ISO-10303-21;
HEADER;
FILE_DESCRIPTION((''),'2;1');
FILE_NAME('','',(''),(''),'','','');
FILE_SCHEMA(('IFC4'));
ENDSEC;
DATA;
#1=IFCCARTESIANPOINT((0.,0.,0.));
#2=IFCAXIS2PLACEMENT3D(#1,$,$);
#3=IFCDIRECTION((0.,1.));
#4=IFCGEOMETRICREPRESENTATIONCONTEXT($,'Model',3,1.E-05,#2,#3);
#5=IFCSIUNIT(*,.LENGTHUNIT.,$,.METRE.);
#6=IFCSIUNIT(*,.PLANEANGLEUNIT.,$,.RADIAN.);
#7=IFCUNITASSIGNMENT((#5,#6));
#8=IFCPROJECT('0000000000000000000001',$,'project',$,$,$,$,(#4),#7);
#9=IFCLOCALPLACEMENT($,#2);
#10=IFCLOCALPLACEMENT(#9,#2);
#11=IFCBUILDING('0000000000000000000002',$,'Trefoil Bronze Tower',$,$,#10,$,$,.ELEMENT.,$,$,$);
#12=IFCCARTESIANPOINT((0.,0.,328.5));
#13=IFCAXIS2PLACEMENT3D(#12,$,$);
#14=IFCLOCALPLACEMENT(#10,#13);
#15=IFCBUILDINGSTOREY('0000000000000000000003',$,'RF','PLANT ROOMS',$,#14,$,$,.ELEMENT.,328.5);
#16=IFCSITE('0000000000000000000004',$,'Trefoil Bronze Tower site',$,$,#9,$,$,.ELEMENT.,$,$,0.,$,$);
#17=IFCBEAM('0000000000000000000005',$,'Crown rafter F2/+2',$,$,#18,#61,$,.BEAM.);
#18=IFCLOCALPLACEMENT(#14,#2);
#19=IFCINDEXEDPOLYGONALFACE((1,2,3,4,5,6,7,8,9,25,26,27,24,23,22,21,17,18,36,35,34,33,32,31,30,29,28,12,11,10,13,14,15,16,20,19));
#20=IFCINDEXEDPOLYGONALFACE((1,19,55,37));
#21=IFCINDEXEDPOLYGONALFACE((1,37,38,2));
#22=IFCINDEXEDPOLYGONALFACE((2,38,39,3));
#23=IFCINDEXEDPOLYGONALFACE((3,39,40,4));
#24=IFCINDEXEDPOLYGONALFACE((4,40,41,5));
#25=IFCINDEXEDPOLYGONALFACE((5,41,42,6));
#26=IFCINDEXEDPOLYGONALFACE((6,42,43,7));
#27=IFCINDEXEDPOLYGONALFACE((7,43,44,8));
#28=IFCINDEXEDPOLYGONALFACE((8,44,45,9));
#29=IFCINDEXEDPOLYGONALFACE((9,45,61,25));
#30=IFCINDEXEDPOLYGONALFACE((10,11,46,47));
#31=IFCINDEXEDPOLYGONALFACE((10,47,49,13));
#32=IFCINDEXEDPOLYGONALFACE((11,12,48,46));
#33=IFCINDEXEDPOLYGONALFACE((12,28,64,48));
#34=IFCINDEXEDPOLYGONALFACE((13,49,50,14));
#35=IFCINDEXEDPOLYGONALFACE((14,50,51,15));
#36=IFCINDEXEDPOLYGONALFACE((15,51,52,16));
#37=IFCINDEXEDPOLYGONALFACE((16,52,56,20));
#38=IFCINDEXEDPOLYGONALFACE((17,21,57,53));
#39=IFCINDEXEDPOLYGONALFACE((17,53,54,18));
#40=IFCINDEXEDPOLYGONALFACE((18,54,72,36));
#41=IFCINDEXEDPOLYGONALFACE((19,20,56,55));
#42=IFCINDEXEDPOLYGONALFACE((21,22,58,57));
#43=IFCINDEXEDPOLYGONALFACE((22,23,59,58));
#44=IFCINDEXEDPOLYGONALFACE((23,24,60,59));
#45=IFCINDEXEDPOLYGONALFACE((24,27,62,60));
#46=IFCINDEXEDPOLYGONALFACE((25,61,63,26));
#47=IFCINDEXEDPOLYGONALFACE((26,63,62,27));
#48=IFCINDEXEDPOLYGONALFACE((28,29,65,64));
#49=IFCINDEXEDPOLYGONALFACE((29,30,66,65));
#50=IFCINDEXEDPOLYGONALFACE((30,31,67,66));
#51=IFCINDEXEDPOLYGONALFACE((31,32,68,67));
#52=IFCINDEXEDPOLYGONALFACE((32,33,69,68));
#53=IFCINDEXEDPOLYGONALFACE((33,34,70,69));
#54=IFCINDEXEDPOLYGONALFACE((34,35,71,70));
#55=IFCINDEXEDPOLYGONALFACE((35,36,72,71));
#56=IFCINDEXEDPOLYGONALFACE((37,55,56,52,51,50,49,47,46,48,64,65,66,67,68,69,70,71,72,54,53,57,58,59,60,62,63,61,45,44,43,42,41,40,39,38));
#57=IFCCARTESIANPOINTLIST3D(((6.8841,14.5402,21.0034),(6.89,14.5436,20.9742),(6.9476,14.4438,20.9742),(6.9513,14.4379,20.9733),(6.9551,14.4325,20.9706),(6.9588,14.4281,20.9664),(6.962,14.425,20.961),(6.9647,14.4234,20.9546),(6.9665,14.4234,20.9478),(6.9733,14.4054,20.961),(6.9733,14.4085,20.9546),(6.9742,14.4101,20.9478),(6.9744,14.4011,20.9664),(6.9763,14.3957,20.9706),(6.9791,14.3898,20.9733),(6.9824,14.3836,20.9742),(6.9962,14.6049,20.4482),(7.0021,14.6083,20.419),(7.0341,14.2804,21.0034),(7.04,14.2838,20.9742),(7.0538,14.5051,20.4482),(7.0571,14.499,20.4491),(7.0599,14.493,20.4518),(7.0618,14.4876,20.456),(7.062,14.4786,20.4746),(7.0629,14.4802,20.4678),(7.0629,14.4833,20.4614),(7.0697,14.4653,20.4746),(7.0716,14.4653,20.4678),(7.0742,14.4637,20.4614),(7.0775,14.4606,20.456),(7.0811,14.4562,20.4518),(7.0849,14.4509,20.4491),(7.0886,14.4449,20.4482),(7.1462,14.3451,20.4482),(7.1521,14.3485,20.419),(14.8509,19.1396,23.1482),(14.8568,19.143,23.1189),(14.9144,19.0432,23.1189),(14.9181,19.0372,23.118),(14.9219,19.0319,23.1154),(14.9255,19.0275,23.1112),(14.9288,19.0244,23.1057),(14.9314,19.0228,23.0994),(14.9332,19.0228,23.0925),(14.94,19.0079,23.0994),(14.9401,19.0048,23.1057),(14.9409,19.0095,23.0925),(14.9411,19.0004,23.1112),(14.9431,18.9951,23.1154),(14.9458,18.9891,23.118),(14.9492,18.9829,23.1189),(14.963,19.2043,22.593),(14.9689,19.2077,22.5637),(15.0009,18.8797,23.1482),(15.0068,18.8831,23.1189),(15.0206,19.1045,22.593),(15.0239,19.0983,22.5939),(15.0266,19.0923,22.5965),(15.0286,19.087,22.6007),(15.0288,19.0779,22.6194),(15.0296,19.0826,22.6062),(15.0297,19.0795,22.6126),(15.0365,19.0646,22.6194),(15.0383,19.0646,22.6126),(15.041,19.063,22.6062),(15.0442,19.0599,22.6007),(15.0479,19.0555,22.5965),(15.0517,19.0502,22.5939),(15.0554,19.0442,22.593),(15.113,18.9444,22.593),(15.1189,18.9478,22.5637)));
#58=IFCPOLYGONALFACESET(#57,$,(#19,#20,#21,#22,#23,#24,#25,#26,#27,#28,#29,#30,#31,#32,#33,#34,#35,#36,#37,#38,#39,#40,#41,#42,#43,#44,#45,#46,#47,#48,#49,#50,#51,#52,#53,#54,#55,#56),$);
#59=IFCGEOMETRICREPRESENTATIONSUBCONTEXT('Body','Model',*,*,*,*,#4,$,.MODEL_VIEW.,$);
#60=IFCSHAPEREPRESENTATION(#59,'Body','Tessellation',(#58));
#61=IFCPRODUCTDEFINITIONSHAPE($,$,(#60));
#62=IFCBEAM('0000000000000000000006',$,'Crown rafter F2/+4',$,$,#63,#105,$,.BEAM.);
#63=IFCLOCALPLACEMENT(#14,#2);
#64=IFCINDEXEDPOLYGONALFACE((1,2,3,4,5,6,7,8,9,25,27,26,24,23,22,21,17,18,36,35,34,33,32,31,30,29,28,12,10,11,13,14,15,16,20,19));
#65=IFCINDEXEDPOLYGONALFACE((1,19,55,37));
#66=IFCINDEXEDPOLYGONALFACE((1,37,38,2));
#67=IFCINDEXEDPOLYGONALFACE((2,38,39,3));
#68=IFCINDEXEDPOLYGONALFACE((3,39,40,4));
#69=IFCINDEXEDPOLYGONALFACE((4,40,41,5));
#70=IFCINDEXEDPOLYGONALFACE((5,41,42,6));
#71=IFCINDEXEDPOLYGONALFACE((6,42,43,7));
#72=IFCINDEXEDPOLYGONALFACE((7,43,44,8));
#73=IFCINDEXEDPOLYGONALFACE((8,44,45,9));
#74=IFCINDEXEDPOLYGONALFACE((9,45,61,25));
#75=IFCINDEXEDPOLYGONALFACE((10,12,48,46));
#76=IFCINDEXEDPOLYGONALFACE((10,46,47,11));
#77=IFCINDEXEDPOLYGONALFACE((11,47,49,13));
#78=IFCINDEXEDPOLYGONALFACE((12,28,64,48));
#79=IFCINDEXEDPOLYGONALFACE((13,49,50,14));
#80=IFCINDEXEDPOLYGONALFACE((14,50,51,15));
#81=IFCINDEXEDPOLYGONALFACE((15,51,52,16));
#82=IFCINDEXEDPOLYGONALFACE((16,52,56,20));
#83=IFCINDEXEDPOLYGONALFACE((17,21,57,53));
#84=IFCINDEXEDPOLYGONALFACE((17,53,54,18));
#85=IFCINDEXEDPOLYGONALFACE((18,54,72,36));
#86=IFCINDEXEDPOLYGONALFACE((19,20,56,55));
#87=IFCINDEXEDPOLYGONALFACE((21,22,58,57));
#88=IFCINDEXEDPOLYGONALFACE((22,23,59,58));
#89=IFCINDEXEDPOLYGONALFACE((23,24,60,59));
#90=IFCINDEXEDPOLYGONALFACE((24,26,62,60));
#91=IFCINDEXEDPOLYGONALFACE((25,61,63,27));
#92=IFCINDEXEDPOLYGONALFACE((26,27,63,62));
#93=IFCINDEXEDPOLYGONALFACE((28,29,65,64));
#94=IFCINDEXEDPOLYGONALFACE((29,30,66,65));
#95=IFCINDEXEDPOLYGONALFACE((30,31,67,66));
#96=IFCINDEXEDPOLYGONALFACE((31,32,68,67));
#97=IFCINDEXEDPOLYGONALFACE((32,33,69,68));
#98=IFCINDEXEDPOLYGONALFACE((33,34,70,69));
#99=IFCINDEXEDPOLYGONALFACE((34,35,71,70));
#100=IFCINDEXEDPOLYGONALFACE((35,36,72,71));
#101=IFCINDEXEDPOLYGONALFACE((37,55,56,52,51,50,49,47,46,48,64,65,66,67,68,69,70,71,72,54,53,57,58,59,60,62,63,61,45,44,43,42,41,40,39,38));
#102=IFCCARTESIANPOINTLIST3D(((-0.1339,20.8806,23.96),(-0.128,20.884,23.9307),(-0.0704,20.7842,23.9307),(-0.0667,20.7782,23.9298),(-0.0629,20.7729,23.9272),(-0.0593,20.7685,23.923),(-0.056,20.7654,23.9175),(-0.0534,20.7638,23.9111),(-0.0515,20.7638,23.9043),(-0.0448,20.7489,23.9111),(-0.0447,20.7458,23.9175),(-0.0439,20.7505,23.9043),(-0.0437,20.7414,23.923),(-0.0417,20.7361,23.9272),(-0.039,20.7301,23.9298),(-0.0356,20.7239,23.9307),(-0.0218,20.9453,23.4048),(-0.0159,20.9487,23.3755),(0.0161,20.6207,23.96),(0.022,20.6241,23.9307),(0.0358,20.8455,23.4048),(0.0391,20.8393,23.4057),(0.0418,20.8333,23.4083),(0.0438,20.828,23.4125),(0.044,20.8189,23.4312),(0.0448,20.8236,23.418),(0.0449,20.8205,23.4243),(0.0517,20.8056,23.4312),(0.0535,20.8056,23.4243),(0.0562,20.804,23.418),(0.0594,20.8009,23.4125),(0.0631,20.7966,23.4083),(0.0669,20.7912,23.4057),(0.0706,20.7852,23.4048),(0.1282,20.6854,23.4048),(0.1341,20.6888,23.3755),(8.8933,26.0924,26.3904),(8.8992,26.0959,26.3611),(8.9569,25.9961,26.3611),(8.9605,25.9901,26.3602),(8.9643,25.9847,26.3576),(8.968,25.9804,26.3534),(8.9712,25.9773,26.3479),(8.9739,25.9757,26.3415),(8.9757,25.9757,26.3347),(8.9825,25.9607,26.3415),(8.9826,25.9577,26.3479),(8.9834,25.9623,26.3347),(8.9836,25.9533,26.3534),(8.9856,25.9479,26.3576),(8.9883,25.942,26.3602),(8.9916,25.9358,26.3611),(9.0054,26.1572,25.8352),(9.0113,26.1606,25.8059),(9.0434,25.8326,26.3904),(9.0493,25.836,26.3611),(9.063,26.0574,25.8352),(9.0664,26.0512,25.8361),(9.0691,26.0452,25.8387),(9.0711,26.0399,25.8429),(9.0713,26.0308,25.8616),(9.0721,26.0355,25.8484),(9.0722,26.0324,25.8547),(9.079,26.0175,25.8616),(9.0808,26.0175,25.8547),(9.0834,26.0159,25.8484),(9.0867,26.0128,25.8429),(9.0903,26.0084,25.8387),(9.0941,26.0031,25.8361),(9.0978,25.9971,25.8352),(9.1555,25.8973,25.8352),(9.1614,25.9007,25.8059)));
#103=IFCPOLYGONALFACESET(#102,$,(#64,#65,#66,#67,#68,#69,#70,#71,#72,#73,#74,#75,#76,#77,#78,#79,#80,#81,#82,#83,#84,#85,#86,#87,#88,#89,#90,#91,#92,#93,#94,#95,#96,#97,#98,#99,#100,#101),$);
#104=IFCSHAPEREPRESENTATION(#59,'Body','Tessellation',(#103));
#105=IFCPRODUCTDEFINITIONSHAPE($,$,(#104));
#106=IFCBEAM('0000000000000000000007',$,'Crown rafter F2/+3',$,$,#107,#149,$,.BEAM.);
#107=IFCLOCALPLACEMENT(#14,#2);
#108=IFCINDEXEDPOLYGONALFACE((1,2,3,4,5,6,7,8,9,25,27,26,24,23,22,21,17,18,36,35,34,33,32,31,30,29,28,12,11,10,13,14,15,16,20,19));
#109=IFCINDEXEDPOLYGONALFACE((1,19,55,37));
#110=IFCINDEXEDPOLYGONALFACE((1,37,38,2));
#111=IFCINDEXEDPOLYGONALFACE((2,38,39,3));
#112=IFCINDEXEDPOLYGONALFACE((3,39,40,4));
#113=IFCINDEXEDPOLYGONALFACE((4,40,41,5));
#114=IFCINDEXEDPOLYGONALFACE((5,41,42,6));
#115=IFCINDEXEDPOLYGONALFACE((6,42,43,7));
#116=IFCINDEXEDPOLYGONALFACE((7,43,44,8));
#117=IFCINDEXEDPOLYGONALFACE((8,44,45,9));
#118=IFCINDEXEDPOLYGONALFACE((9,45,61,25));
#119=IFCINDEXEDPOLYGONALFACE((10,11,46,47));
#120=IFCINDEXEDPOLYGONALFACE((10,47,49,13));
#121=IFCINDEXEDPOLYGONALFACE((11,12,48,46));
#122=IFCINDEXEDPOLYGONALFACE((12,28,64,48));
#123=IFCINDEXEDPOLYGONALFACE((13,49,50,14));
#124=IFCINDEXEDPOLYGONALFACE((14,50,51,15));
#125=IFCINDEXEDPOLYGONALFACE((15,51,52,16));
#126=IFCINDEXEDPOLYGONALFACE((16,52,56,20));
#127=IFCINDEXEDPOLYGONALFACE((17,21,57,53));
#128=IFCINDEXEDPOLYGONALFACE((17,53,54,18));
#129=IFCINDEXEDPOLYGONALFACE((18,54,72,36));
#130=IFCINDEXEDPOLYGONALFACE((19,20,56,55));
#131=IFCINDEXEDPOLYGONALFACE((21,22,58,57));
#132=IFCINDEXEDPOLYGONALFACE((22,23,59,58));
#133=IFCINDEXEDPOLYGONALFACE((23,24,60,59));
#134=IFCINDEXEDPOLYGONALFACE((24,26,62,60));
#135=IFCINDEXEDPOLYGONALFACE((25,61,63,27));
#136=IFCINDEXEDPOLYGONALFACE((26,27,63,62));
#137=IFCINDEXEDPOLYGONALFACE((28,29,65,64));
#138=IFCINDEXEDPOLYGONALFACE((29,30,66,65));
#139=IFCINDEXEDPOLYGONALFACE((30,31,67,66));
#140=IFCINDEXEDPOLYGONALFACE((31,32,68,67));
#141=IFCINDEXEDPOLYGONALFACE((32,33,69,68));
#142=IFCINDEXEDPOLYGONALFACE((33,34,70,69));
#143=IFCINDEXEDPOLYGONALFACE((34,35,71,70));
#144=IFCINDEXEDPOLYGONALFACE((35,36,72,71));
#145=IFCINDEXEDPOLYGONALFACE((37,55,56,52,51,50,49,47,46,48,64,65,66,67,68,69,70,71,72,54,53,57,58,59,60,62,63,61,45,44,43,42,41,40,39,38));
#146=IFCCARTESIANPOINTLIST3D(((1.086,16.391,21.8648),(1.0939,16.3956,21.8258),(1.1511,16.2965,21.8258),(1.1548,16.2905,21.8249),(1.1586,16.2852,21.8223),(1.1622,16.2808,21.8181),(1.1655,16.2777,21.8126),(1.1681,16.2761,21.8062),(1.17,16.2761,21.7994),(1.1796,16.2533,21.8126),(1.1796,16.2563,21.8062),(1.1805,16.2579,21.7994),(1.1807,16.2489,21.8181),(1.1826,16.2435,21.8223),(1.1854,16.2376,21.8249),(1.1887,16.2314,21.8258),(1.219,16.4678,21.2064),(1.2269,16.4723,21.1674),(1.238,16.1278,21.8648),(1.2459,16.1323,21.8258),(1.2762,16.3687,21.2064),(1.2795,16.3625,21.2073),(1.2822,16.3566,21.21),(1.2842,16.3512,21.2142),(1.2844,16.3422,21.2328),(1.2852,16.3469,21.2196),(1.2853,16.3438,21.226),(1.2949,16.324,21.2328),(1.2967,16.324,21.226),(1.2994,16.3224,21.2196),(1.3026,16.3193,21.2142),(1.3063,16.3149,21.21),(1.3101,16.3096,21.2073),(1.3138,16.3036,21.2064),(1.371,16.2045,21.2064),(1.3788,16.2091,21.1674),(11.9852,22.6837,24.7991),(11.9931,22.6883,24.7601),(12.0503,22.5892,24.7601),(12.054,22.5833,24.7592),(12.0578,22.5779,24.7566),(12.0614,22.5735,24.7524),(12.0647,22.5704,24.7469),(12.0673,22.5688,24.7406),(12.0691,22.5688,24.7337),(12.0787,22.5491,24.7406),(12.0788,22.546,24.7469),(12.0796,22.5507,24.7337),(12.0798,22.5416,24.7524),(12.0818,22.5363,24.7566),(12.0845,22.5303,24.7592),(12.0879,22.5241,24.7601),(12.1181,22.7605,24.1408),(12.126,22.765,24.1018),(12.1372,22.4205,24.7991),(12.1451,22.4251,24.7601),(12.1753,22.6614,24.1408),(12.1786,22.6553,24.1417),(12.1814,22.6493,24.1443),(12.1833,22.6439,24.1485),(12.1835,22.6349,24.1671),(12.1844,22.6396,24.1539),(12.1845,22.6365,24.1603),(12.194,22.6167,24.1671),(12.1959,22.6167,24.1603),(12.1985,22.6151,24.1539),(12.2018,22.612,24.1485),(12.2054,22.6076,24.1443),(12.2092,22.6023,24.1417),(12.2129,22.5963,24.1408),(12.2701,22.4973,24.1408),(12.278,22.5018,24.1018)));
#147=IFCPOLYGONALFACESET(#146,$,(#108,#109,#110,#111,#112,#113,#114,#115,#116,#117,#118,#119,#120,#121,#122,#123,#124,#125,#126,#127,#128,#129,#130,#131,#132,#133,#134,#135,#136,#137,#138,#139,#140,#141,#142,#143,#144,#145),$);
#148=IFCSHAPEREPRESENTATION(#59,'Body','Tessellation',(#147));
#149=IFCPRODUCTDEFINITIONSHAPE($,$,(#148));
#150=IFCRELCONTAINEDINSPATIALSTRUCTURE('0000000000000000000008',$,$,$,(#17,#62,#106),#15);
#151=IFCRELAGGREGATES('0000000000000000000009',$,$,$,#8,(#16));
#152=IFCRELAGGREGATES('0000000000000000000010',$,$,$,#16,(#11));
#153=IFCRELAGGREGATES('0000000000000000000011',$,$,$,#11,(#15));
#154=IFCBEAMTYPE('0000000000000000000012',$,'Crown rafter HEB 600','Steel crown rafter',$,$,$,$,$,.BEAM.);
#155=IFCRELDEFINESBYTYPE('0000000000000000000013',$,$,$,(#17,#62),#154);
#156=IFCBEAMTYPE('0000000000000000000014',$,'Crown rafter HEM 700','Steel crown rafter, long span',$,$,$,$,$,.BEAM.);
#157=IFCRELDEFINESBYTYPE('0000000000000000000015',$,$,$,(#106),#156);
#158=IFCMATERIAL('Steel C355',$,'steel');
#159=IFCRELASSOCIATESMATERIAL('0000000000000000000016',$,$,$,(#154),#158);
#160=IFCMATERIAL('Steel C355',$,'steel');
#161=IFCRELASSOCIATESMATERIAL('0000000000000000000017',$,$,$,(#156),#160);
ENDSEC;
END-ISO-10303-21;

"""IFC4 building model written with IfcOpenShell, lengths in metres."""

from ifc_helpers import new_model, si_unit, direction, frame, origin, origin_2d, place, context, subcontext, project, spatial, i_section, extrude, material, material_profile, profile_set, type_object, element, save


model = new_model("IFC4")

# Units and contexts
model_context = context("Model", 3, precision=1e-05, world=origin(), true_north=direction((0.0, 1.0)))
body_context = subcontext(model_context, "Body", "Model", "MODEL_VIEW")
ifc_project = project(units=[si_unit("LENGTHUNIT", "METRE"), si_unit("PLANEANGLEUNIT", "RADIAN")], contexts=[model_context])

# Site, building, storey
site_placement = place(None, origin())
site = spatial("IfcSite", under=ifc_project, at=site_placement, Name="Trefoil Bronze Tower site", CompositionType="ELEMENT", RefElevation=0.0)
building_placement = place(site_placement, origin())
building = spatial("IfcBuilding", under=site, at=building_placement, Name="Trefoil Bronze Tower", CompositionType="ELEMENT")
storey_placement = place(building_placement, frame((0.0, 0.0, 328.5)))
storey = spatial("IfcBuildingStorey", under=building, at=storey_placement, Name="RF", Description="PLANT ROOMS", CompositionType="ELEMENT", Elevation=328.5)

# Beams
ifc_material_1 = material(Name="Steel C355", Category="steel")
ifc_material_profile_1 = material_profile(ifc_material_1, i_section(OverallWidth=0.3, OverallDepth=0.6001, WebThickness=0.0154, FlangeThickness=0.03, FilletRadius=0.0271, at=origin_2d()), Name="HEB 600")
ifc_profile_set_1 = profile_set([ifc_material_profile_1], Name="Steel C355")
beam_type_1 = type_object("IfcBeamType", Name="Crown rafter HEB 600", Description="Steel crown rafter", PredefinedType="BEAM", material=ifc_profile_set_1)
beam_1_placement = place(storey_placement, frame((14.9849, 19.0437, 22.856), z_axis=(-0.843418, -0.486919, -0.22706), x_axis=(0.499978, -0.866038, 0.0)))
element("IfcBeam", 1, at=beam_1_placement, inside=storey, type_object=beam_type_1, Name="Crown rafter F2/+2", PredefinedType="BEAM", context=body_context, shape_type="SweptSolid", body=[
    extrude(i_section(OverallWidth=0.3, OverallDepth=0.6001, WebThickness=0.0154, FlangeThickness=0.03, FilletRadius=0.0271, at=origin_2d()), origin(), (0.0, 0.0, 1.0), 9.4458),
])
beam_2_placement = place(storey_placement, frame((9.0273, 25.9966, 26.0981), z_axis=(-0.843405, -0.486938, -0.227069), x_axis=(0.499998, -0.866026, 0.0)))
element("IfcBeam", 2, at=beam_2_placement, inside=storey, type_object=beam_type_1, Name="Crown rafter F2/+4", PredefinedType="BEAM", context=body_context, shape_type="SweptSolid", body=[
    extrude(i_section(OverallWidth=0.3, OverallDepth=0.6001, WebThickness=0.0154, FlangeThickness=0.03, FilletRadius=0.0271, at=origin_2d()), origin(), (0.0, 0.0, 1.0), 10.7034),
])
ifc_material_2 = material(Name="Steel C355", Category="steel")
ifc_material_profile_2 = material_profile(ifc_material_2, i_section(OverallWidth=0.304, OverallDepth=0.7161, WebThickness=0.021, FlangeThickness=0.04, FilletRadius=0.0271, at=origin_2d()), Name="HEM 700")
ifc_profile_set_2 = profile_set([ifc_material_profile_2], Name="Steel C355")
beam_type_2 = type_object("IfcBeamType", Name="Crown rafter HEM 700", Description="Steel crown rafter, long span", PredefinedType="BEAM", material=ifc_profile_set_2)
beam_3_placement = place(storey_placement, frame((12.1316, 22.5928, 24.4504), z_axis=(-0.843402, -0.486945, -0.227065), x_axis=(0.500005, -0.866022, 0.0)))
element("IfcBeam", 3, at=beam_3_placement, inside=storey, type_object=beam_type_2, Name="Crown rafter F2/+3", PredefinedType="BEAM", context=body_context, shape_type="SweptSolid", body=[
    extrude(i_section(OverallWidth=0.304, OverallDepth=0.7161, WebThickness=0.021, FlangeThickness=0.04, FilletRadius=0.0271, at=origin_2d()), origin(), (0.0, 0.0, 1.0), 12.9229),
])

save(model, "model.ifc")
